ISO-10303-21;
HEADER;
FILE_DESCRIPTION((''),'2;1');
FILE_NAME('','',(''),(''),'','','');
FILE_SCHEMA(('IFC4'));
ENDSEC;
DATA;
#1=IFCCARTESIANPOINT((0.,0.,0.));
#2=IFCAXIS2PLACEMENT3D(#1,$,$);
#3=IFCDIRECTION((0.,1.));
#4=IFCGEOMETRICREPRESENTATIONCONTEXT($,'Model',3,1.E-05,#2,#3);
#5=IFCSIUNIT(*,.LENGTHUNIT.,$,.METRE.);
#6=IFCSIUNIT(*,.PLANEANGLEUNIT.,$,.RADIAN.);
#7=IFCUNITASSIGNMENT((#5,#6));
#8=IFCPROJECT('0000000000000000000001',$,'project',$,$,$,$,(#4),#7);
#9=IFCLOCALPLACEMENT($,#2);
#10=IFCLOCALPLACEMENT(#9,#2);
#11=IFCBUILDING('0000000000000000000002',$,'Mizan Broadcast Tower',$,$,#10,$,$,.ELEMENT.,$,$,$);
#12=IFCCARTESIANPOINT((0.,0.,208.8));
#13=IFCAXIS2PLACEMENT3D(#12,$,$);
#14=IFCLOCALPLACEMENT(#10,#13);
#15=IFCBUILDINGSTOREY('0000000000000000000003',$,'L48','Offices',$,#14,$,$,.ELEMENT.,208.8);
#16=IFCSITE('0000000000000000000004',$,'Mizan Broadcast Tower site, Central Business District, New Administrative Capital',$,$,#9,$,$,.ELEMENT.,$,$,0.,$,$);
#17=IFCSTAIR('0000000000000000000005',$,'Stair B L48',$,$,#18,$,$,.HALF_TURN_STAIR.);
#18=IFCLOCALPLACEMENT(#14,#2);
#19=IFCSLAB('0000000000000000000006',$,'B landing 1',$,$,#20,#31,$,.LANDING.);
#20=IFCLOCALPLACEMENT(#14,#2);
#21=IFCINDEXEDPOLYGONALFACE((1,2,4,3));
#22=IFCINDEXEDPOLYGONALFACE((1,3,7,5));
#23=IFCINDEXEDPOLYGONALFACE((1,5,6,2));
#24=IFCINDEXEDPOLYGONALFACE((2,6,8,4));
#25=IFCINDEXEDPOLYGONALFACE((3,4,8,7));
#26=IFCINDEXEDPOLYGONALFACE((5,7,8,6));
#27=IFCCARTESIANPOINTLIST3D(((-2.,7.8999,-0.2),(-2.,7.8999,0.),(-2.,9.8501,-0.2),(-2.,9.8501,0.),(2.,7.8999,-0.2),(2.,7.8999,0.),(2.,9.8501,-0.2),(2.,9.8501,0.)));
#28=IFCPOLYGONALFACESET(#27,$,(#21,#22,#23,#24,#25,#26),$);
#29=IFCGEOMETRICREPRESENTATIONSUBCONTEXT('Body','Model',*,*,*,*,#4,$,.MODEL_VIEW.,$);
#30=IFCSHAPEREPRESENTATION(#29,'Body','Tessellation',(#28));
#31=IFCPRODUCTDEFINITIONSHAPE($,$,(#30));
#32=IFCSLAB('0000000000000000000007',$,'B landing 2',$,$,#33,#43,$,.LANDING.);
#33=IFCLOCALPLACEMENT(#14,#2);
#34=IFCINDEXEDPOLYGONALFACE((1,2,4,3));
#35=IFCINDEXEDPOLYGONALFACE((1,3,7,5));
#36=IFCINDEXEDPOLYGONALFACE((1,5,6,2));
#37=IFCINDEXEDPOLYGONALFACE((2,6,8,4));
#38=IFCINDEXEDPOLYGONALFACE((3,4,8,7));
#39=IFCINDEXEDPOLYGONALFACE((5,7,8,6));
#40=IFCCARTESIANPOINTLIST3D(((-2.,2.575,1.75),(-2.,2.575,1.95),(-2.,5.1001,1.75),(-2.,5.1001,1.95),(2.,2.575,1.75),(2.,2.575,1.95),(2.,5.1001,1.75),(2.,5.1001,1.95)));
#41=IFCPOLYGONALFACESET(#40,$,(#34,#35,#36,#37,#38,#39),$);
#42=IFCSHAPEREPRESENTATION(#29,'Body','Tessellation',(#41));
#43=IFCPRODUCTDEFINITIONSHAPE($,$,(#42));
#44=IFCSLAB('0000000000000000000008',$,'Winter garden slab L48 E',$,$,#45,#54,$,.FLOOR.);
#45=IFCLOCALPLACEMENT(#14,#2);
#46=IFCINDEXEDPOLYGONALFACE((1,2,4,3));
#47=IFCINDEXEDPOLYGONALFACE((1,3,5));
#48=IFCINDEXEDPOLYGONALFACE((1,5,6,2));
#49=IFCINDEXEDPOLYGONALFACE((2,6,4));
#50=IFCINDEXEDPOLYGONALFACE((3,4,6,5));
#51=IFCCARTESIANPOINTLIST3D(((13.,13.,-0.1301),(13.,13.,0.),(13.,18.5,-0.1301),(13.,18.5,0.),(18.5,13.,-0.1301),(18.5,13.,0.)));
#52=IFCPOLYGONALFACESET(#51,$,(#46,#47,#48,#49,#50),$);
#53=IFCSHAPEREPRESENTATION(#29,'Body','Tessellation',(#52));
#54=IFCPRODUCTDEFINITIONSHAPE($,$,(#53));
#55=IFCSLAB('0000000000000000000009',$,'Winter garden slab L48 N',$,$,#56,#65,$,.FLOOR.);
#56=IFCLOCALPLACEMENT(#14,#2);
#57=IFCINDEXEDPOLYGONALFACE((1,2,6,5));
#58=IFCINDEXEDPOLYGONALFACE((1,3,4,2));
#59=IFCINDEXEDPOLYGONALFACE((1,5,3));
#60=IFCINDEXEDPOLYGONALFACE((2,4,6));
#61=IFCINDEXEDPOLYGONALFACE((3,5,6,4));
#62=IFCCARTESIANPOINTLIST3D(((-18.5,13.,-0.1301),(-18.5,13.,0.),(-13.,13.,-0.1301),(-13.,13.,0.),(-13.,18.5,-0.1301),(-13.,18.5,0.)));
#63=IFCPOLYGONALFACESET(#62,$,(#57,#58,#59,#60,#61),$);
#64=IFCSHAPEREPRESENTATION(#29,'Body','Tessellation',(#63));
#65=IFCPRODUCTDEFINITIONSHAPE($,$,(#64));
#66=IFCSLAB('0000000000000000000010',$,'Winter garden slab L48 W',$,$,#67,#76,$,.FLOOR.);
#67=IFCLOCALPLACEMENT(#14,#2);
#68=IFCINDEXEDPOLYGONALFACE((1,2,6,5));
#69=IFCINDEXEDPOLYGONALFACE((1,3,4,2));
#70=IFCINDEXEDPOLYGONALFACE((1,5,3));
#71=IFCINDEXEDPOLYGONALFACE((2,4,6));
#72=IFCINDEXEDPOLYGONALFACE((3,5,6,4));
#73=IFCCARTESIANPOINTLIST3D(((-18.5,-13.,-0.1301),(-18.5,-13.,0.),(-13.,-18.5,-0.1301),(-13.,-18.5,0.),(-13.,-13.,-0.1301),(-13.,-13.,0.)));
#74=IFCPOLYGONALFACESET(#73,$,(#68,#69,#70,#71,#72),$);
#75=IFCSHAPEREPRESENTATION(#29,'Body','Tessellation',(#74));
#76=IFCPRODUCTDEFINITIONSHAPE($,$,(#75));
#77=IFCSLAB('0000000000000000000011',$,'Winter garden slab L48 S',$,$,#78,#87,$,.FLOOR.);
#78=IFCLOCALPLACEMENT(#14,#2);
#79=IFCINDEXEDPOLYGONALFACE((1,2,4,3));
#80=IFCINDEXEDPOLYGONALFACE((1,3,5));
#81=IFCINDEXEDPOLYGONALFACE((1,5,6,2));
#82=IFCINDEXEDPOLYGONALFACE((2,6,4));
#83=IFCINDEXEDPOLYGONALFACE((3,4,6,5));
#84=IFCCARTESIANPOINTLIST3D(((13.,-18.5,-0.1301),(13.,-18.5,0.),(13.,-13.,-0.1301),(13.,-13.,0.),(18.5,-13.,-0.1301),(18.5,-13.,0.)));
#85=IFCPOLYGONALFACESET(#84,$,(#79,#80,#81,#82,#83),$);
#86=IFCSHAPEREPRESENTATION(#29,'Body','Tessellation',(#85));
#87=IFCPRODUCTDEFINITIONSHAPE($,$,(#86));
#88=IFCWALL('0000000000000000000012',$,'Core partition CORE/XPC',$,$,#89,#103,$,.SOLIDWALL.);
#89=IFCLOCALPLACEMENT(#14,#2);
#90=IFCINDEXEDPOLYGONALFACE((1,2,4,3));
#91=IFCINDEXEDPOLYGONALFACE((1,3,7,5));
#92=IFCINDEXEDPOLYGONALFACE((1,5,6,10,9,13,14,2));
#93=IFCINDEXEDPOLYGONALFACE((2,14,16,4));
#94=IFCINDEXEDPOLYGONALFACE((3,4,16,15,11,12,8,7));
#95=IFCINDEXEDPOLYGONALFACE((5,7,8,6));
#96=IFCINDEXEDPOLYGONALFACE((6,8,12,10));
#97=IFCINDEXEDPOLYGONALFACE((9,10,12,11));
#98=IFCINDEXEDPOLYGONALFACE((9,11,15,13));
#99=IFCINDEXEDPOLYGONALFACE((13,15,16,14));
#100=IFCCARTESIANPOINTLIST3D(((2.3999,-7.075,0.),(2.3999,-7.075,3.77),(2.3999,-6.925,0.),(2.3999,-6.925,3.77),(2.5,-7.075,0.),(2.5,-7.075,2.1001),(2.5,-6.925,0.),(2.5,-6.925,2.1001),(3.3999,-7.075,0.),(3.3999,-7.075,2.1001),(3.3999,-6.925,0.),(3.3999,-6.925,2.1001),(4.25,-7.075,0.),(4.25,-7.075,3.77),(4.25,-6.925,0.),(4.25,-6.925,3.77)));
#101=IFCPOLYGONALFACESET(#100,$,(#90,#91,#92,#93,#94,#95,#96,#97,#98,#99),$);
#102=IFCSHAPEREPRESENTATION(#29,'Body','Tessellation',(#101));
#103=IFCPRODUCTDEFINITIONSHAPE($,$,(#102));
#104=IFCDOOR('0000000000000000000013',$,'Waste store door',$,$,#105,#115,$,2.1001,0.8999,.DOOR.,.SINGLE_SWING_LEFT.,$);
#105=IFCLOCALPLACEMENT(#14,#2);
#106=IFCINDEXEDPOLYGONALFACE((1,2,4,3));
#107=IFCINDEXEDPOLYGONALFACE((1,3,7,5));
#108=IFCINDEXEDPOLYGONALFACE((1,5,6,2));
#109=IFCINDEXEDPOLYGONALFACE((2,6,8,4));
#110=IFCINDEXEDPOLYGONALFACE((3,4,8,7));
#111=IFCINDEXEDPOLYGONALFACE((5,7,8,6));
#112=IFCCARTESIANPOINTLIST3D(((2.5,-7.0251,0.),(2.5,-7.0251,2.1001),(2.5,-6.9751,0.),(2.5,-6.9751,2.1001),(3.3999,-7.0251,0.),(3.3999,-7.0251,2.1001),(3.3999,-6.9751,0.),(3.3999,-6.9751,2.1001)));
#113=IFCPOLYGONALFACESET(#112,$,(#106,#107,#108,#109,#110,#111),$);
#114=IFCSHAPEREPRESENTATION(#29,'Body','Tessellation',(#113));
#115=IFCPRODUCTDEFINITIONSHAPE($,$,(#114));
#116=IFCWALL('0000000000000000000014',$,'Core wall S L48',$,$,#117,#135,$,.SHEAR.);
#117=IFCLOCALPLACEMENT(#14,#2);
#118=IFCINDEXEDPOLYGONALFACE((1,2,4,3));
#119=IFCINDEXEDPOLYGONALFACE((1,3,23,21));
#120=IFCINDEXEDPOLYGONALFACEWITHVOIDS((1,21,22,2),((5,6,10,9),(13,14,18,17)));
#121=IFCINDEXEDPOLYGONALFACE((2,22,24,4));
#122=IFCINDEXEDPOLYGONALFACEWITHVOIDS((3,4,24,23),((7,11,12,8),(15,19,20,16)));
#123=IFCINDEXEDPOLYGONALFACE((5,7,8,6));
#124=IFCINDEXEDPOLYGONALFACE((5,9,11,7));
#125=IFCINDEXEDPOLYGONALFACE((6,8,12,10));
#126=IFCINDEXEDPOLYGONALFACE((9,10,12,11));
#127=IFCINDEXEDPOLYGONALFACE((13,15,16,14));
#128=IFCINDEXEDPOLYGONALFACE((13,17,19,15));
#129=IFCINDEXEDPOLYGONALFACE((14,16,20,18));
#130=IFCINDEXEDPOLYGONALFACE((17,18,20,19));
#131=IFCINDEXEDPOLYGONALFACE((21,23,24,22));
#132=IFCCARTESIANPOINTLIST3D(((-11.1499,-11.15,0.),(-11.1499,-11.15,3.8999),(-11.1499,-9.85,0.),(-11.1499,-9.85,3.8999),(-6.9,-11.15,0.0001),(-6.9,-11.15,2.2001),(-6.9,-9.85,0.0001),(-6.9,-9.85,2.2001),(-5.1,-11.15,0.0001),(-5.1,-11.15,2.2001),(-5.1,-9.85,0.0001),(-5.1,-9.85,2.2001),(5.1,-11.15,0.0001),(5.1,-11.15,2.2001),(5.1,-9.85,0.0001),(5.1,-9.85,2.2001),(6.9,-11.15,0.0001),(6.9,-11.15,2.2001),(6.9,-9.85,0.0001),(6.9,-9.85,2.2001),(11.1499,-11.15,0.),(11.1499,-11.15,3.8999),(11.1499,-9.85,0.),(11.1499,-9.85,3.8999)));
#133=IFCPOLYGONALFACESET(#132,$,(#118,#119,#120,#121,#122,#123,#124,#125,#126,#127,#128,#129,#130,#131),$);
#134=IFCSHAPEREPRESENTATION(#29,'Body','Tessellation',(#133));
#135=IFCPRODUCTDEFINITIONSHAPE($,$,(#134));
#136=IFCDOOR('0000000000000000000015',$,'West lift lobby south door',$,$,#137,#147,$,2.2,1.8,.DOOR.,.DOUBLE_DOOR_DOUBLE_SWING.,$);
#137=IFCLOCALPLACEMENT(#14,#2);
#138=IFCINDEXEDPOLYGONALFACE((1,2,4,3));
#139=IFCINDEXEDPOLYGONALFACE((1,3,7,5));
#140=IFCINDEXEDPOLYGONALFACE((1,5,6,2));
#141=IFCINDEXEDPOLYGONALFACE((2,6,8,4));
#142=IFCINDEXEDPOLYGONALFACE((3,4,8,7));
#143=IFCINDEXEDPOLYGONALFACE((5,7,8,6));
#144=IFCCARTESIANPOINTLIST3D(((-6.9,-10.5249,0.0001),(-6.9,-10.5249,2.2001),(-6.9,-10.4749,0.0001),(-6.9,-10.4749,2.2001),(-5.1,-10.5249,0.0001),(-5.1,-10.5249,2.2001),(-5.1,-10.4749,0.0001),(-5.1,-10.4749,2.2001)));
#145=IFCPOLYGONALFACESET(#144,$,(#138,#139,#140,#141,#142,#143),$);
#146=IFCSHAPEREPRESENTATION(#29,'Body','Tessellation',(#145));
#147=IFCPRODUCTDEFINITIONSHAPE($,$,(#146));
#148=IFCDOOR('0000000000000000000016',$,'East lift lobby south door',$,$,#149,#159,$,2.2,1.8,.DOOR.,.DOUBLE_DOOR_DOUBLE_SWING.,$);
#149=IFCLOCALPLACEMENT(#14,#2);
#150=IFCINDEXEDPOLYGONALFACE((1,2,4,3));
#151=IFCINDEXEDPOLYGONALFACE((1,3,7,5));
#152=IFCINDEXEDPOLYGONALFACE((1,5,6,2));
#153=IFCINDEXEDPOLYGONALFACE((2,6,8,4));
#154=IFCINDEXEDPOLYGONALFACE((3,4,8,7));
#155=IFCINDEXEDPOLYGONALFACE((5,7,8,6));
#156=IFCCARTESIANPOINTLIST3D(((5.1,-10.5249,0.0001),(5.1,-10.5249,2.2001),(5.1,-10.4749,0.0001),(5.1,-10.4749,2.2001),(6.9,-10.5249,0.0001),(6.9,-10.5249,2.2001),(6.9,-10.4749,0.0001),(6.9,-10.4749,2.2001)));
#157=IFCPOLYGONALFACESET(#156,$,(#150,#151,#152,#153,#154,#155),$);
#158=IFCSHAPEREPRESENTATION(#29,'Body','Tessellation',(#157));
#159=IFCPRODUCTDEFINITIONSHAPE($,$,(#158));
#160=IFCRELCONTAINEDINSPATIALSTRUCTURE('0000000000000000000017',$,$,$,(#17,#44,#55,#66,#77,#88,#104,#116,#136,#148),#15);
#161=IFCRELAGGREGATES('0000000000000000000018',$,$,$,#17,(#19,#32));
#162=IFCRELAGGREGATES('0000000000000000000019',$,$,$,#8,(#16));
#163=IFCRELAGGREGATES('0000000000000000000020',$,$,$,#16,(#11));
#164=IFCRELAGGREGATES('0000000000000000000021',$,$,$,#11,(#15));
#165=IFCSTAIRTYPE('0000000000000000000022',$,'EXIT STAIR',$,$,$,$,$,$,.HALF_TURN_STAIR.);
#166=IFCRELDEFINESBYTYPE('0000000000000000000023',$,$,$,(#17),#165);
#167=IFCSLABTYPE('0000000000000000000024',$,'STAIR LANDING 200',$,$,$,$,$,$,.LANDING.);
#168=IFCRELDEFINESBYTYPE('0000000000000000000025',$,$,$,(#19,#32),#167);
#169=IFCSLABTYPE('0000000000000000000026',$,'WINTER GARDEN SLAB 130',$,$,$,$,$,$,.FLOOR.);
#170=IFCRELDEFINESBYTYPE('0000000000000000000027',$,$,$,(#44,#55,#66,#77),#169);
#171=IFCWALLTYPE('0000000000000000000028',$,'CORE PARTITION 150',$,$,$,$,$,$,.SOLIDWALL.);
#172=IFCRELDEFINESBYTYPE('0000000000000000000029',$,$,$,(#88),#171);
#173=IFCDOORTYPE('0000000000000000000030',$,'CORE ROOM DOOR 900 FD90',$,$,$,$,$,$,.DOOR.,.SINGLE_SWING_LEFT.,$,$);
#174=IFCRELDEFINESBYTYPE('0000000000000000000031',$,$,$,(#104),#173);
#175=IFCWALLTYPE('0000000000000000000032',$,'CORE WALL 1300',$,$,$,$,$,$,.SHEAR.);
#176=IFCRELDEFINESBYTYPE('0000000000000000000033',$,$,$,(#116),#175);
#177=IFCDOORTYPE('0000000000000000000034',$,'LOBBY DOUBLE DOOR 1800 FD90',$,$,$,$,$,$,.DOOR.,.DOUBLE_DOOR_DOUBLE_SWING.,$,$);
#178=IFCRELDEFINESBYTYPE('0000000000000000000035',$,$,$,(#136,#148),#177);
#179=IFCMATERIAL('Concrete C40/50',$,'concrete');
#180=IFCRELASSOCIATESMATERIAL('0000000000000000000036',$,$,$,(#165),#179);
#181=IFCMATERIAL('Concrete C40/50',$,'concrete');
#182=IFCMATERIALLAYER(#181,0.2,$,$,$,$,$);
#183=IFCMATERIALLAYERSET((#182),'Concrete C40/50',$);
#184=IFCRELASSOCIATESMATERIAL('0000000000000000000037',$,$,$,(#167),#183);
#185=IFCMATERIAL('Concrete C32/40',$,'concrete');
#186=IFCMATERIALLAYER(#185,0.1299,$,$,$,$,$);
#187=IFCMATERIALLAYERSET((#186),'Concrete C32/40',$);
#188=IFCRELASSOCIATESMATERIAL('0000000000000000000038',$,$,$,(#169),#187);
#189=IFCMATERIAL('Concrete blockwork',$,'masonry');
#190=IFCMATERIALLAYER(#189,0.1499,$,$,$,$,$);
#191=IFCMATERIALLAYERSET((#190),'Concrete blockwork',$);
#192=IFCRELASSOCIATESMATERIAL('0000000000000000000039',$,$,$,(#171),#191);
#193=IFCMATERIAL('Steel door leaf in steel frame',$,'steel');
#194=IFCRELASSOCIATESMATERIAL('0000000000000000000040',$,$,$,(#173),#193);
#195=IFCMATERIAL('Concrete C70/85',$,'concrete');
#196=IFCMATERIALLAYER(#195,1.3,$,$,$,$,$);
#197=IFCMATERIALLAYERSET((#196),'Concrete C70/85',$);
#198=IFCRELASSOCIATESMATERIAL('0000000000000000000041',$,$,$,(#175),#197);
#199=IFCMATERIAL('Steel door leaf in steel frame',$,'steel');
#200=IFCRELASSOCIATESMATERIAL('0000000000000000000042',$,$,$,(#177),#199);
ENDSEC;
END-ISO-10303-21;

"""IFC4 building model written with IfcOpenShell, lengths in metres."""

from ifc_helpers import new_model, si_unit, direction, frame, frame_2d, origin, place, context, subcontext, project, spatial, polyline, rectangle, outline, extrude, material, layer, layer_set, type_object, element, fill, aggregate, save


model = new_model("IFC4")

# Units and contexts
model_context = context("Model", 3, precision=1e-05, world=origin(), true_north=direction((0.0, 1.0)))
body_context = subcontext(model_context, "Body", "Model", "MODEL_VIEW")
ifc_project = project(units=[si_unit("LENGTHUNIT", "METRE"), si_unit("PLANEANGLEUNIT", "RADIAN")], contexts=[model_context])

# Site, building, storey
site_placement = place(None, origin())
site = spatial("IfcSite", under=ifc_project, at=site_placement, Name="Mizan Broadcast Tower site, Central Business District, New Administrative Capital", CompositionType="ELEMENT", RefElevation=0.0)
building_placement = place(site_placement, origin())
building = spatial("IfcBuilding", under=site, at=building_placement, Name="Mizan Broadcast Tower", CompositionType="ELEMENT")
storey_placement = place(building_placement, frame((0.0, 0.0, 208.8)))
storey = spatial("IfcBuildingStorey", under=building, at=storey_placement, Name="L48", Description="Offices", CompositionType="ELEMENT", Elevation=208.8)

# Stair, slabs
ifc_material_1 = material(Name="Concrete C40/50", Category="concrete")
stair_type = type_object("IfcStairType", Name="EXIT STAIR", PredefinedType="HALF_TURN_STAIR", material=ifc_material_1)
ifc_material_2 = material(Name="Concrete C40/50", Category="concrete")
ifc_layer_1 = layer(ifc_material_2, 0.2)
ifc_layer_set_1 = layer_set([ifc_layer_1], Name="Concrete C40/50")
slab_type_1 = type_object("IfcSlabType", Name="STAIR LANDING 200", PredefinedType="LANDING", material=ifc_layer_set_1)
stair_1_placement = place(storey_placement, origin())
stair_1 = element("IfcStair", 1, at=stair_1_placement, inside=storey, type_object=stair_type, Name="Stair B L48", PredefinedType="HALF_TURN_STAIR")
slab_1_placement = place(storey_placement, frame((0.0, 0.0, -0.2)))
slab_1 = element("IfcSlab", 2, at=slab_1_placement, type_object=slab_type_1, Name="B landing 1", PredefinedType="LANDING", context=body_context, shape_type="SweptSolid", body=[
    extrude(outline(polyline([(2.0, 9.8501), (2.0, 7.8999), (-2.0, 7.8999), (-2.0, 9.8501), (2.0, 9.8501)])), origin(), (0.0, 0.0, 1.0), 0.2),
])
slab_2_placement = place(storey_placement, frame((0.0, 0.0, 1.75)))
slab_2 = element("IfcSlab", 3, at=slab_2_placement, type_object=slab_type_1, Name="B landing 2", PredefinedType="LANDING", context=body_context, shape_type="SweptSolid", body=[
    extrude(outline(polyline([(2.0, 5.1001), (2.0, 2.575), (-2.0, 2.575), (-2.0, 5.1001), (2.0, 5.1001)])), origin(), (0.0, 0.0, 1.0), 0.2),
])
aggregate(stair_1, [slab_1, slab_2])

# Slabs
ifc_material_3 = material(Name="Concrete C32/40", Category="concrete")
ifc_layer_2 = layer(ifc_material_3, 0.1299)
ifc_layer_set_2 = layer_set([ifc_layer_2], Name="Concrete C32/40")
slab_type_2 = type_object("IfcSlabType", Name="WINTER GARDEN SLAB 130", PredefinedType="FLOOR", material=ifc_layer_set_2)
slab_3_placement = place(storey_placement, frame((0.0, 0.0, -0.1301)))
element("IfcSlab", 4, at=slab_3_placement, inside=storey, type_object=slab_type_2, Name="Winter garden slab L48 E", PredefinedType="FLOOR", context=body_context, shape_type="SweptSolid", body=[
    extrude(outline(polyline([(13.0, 13.0), (18.5, 13.0), (13.0, 18.5), (13.0, 13.0)])), origin(), (0.0, 0.0, 1.0), 0.1301),
])
slab_4_placement = place(storey_placement, frame((0.0, 0.0, -0.1301)))
element("IfcSlab", 5, at=slab_4_placement, inside=storey, type_object=slab_type_2, Name="Winter garden slab L48 N", PredefinedType="FLOOR", context=body_context, shape_type="SweptSolid", body=[
    extrude(outline(polyline([(-13.0, 13.0), (-13.0, 18.5), (-18.5, 13.0), (-13.0, 13.0)])), origin(), (0.0, 0.0, 1.0), 0.1301),
])
slab_5_placement = place(storey_placement, frame((0.0, 0.0, -0.1301)))
element("IfcSlab", 6, at=slab_5_placement, inside=storey, type_object=slab_type_2, Name="Winter garden slab L48 W", PredefinedType="FLOOR", context=body_context, shape_type="SweptSolid", body=[
    extrude(outline(polyline([(-13.0, -13.0), (-18.5, -13.0), (-13.0, -18.5), (-13.0, -13.0)])), origin(), (0.0, 0.0, 1.0), 0.1301),
])
slab_6_placement = place(storey_placement, frame((0.0, 0.0, -0.1301)))
element("IfcSlab", 7, at=slab_6_placement, inside=storey, type_object=slab_type_2, Name="Winter garden slab L48 S", PredefinedType="FLOOR", context=body_context, shape_type="SweptSolid", body=[
    extrude(outline(polyline([(13.0, -13.0), (13.0, -18.5), (18.5, -13.0), (13.0, -13.0)])), origin(), (0.0, 0.0, 1.0), 0.1301),
])

# Wall, opening, door
ifc_material_4 = material(Name="Concrete blockwork", Category="masonry")
ifc_layer_3 = layer(ifc_material_4, 0.1499)
ifc_layer_set_3 = layer_set([ifc_layer_3], Name="Concrete blockwork")
wall_type_1 = type_object("IfcWallType", Name="CORE PARTITION 150", PredefinedType="SOLIDWALL", material=ifc_layer_set_3)
wall_1_placement = place(storey_placement, frame((2.3999, -7.0, 0.0), z_axis=(0.0, 0.0, 1.0), x_axis=(1.0, 0.0, 0.0)))
wall_1 = element("IfcWall", 8, at=wall_1_placement, inside=storey, type_object=wall_type_1, Name="Core partition CORE/XPC", PredefinedType="SOLIDWALL", context=body_context, shape_type="SweptSolid", body=[
    extrude(rectangle(XDim=1.8501, YDim=0.1499, at=frame_2d((0.925, 0.0))), origin(), (0.0, 0.0, 1.0), 3.77),
])
opening_1_placement = place(wall_1_placement, frame((0.1001, 0.0, 0.0)))
opening_1 = element("IfcOpeningElement", 9, at=opening_1_placement, cuts=wall_1, PredefinedType="OPENING", context=body_context, shape_type="SweptSolid", body=[
    extrude(rectangle(XDim=0.8999, YDim=2.1001, at=frame_2d((0.45, 1.05))), frame((0.0, 0.085, 0.0), z_axis=(0.0, -1.0, 0.0), x_axis=(1.0, 0.0, 0.0)), (0.0, 0.0, 1.0), 0.1699),
])
ifc_material_5 = material(Name="Steel door leaf in steel frame", Category="steel")
door_type_1 = type_object("IfcDoorType", Name="CORE ROOM DOOR 900 FD90", OperationType="SINGLE_SWING_LEFT", PredefinedType="DOOR", material=ifc_material_5)
door_1_placement = place(opening_1_placement, origin())
door_1 = element("IfcDoor", 10, at=door_1_placement, inside=storey, type_object=door_type_1, Name="Waste store door", OperationType="SINGLE_SWING_LEFT", OverallHeight=2.1001, OverallWidth=0.8999, PredefinedType="DOOR", context=body_context, shape_type="SweptSolid", body=[
    extrude(rectangle(XDim=0.8999, YDim=2.1001, at=frame_2d((0.45, 1.05))), frame((0.0, 0.0249, 0.0), z_axis=(0.0, -1.0, 0.0), x_axis=(1.0, 0.0, 0.0)), (0.0, 0.0, 1.0), 0.05),
])
fill(opening_1, door_1)

# Wall, openings, doors
ifc_material_6 = material(Name="Concrete C70/85", Category="concrete")
ifc_layer_4 = layer(ifc_material_6, 1.3)
ifc_layer_set_4 = layer_set([ifc_layer_4], Name="Concrete C70/85")
wall_type_2 = type_object("IfcWallType", Name="CORE WALL 1300", PredefinedType="SHEAR", material=ifc_layer_set_4)
wall_2_placement = place(storey_placement, frame((11.1499, -10.5, 0.0), z_axis=(0.0, 0.0, 1.0), x_axis=(-1.0, 0.0, 0.0)))
wall_2 = element("IfcWall", 11, at=wall_2_placement, inside=storey, type_object=wall_type_2, Name="Core wall S L48", PredefinedType="SHEAR", context=body_context, shape_type="SweptSolid", body=[
    extrude(rectangle(XDim=22.2998, YDim=1.3, at=frame_2d((11.1499, 0.0))), origin(), (0.0, 0.0, 1.0), 3.8999),
])
opening_2_placement = place(wall_2_placement, frame((16.25, 0.0, 0.0)))
opening_2 = element("IfcOpeningElement", 12, at=opening_2_placement, cuts=wall_2, PredefinedType="OPENING", context=body_context, shape_type="SweptSolid", body=[
    extrude(rectangle(XDim=1.8, YDim=2.2, at=frame_2d((0.8999, 1.1001))), frame((0.0, 0.6599, 0.0), z_axis=(0.0, -1.0, 0.0), x_axis=(1.0, 0.0, 0.0)), (0.0, 0.0, 1.0), 1.3201),
])
opening_3_placement = place(wall_2_placement, frame((4.25, 0.0, 0.0)))
opening_3 = element("IfcOpeningElement", 13, at=opening_3_placement, cuts=wall_2, PredefinedType="OPENING", context=body_context, shape_type="SweptSolid", body=[
    extrude(rectangle(XDim=1.8, YDim=2.2, at=frame_2d((0.8999, 1.1001))), frame((0.0, 0.6599, 0.0), z_axis=(0.0, -1.0, 0.0), x_axis=(1.0, 0.0, 0.0)), (0.0, 0.0, 1.0), 1.3201),
])
ifc_material_7 = material(Name="Steel door leaf in steel frame", Category="steel")
door_type_2 = type_object("IfcDoorType", Name="LOBBY DOUBLE DOOR 1800 FD90", OperationType="DOUBLE_DOOR_DOUBLE_SWING", PredefinedType="DOOR", material=ifc_material_7)
door_2_placement = place(opening_2_placement, origin())
door_2 = element("IfcDoor", 14, at=door_2_placement, inside=storey, type_object=door_type_2, Name="West lift lobby south door", OperationType="DOUBLE_DOOR_DOUBLE_SWING", OverallHeight=2.2, OverallWidth=1.8, PredefinedType="DOOR", context=body_context, shape_type="SweptSolid", body=[
    extrude(rectangle(XDim=1.8, YDim=2.2, at=frame_2d((0.8999, 1.1001))), frame((0.0, 0.0249, 0.0), z_axis=(0.0, -1.0, 0.0), x_axis=(1.0, 0.0, 0.0)), (0.0, 0.0, 1.0), 0.05),
])
fill(opening_2, door_2)
door_3_placement = place(opening_3_placement, origin())
door_3 = element("IfcDoor", 15, at=door_3_placement, inside=storey, type_object=door_type_2, Name="East lift lobby south door", OperationType="DOUBLE_DOOR_DOUBLE_SWING", OverallHeight=2.2, OverallWidth=1.8, PredefinedType="DOOR", context=body_context, shape_type="SweptSolid", body=[
    extrude(rectangle(XDim=1.8, YDim=2.2, at=frame_2d((0.8999, 1.1001))), frame((0.0, 0.0249, 0.0), z_axis=(0.0, -1.0, 0.0), x_axis=(1.0, 0.0, 0.0)), (0.0, 0.0, 1.0), 0.05),
])
fill(opening_3, door_3)

save(model, "model.ifc")
